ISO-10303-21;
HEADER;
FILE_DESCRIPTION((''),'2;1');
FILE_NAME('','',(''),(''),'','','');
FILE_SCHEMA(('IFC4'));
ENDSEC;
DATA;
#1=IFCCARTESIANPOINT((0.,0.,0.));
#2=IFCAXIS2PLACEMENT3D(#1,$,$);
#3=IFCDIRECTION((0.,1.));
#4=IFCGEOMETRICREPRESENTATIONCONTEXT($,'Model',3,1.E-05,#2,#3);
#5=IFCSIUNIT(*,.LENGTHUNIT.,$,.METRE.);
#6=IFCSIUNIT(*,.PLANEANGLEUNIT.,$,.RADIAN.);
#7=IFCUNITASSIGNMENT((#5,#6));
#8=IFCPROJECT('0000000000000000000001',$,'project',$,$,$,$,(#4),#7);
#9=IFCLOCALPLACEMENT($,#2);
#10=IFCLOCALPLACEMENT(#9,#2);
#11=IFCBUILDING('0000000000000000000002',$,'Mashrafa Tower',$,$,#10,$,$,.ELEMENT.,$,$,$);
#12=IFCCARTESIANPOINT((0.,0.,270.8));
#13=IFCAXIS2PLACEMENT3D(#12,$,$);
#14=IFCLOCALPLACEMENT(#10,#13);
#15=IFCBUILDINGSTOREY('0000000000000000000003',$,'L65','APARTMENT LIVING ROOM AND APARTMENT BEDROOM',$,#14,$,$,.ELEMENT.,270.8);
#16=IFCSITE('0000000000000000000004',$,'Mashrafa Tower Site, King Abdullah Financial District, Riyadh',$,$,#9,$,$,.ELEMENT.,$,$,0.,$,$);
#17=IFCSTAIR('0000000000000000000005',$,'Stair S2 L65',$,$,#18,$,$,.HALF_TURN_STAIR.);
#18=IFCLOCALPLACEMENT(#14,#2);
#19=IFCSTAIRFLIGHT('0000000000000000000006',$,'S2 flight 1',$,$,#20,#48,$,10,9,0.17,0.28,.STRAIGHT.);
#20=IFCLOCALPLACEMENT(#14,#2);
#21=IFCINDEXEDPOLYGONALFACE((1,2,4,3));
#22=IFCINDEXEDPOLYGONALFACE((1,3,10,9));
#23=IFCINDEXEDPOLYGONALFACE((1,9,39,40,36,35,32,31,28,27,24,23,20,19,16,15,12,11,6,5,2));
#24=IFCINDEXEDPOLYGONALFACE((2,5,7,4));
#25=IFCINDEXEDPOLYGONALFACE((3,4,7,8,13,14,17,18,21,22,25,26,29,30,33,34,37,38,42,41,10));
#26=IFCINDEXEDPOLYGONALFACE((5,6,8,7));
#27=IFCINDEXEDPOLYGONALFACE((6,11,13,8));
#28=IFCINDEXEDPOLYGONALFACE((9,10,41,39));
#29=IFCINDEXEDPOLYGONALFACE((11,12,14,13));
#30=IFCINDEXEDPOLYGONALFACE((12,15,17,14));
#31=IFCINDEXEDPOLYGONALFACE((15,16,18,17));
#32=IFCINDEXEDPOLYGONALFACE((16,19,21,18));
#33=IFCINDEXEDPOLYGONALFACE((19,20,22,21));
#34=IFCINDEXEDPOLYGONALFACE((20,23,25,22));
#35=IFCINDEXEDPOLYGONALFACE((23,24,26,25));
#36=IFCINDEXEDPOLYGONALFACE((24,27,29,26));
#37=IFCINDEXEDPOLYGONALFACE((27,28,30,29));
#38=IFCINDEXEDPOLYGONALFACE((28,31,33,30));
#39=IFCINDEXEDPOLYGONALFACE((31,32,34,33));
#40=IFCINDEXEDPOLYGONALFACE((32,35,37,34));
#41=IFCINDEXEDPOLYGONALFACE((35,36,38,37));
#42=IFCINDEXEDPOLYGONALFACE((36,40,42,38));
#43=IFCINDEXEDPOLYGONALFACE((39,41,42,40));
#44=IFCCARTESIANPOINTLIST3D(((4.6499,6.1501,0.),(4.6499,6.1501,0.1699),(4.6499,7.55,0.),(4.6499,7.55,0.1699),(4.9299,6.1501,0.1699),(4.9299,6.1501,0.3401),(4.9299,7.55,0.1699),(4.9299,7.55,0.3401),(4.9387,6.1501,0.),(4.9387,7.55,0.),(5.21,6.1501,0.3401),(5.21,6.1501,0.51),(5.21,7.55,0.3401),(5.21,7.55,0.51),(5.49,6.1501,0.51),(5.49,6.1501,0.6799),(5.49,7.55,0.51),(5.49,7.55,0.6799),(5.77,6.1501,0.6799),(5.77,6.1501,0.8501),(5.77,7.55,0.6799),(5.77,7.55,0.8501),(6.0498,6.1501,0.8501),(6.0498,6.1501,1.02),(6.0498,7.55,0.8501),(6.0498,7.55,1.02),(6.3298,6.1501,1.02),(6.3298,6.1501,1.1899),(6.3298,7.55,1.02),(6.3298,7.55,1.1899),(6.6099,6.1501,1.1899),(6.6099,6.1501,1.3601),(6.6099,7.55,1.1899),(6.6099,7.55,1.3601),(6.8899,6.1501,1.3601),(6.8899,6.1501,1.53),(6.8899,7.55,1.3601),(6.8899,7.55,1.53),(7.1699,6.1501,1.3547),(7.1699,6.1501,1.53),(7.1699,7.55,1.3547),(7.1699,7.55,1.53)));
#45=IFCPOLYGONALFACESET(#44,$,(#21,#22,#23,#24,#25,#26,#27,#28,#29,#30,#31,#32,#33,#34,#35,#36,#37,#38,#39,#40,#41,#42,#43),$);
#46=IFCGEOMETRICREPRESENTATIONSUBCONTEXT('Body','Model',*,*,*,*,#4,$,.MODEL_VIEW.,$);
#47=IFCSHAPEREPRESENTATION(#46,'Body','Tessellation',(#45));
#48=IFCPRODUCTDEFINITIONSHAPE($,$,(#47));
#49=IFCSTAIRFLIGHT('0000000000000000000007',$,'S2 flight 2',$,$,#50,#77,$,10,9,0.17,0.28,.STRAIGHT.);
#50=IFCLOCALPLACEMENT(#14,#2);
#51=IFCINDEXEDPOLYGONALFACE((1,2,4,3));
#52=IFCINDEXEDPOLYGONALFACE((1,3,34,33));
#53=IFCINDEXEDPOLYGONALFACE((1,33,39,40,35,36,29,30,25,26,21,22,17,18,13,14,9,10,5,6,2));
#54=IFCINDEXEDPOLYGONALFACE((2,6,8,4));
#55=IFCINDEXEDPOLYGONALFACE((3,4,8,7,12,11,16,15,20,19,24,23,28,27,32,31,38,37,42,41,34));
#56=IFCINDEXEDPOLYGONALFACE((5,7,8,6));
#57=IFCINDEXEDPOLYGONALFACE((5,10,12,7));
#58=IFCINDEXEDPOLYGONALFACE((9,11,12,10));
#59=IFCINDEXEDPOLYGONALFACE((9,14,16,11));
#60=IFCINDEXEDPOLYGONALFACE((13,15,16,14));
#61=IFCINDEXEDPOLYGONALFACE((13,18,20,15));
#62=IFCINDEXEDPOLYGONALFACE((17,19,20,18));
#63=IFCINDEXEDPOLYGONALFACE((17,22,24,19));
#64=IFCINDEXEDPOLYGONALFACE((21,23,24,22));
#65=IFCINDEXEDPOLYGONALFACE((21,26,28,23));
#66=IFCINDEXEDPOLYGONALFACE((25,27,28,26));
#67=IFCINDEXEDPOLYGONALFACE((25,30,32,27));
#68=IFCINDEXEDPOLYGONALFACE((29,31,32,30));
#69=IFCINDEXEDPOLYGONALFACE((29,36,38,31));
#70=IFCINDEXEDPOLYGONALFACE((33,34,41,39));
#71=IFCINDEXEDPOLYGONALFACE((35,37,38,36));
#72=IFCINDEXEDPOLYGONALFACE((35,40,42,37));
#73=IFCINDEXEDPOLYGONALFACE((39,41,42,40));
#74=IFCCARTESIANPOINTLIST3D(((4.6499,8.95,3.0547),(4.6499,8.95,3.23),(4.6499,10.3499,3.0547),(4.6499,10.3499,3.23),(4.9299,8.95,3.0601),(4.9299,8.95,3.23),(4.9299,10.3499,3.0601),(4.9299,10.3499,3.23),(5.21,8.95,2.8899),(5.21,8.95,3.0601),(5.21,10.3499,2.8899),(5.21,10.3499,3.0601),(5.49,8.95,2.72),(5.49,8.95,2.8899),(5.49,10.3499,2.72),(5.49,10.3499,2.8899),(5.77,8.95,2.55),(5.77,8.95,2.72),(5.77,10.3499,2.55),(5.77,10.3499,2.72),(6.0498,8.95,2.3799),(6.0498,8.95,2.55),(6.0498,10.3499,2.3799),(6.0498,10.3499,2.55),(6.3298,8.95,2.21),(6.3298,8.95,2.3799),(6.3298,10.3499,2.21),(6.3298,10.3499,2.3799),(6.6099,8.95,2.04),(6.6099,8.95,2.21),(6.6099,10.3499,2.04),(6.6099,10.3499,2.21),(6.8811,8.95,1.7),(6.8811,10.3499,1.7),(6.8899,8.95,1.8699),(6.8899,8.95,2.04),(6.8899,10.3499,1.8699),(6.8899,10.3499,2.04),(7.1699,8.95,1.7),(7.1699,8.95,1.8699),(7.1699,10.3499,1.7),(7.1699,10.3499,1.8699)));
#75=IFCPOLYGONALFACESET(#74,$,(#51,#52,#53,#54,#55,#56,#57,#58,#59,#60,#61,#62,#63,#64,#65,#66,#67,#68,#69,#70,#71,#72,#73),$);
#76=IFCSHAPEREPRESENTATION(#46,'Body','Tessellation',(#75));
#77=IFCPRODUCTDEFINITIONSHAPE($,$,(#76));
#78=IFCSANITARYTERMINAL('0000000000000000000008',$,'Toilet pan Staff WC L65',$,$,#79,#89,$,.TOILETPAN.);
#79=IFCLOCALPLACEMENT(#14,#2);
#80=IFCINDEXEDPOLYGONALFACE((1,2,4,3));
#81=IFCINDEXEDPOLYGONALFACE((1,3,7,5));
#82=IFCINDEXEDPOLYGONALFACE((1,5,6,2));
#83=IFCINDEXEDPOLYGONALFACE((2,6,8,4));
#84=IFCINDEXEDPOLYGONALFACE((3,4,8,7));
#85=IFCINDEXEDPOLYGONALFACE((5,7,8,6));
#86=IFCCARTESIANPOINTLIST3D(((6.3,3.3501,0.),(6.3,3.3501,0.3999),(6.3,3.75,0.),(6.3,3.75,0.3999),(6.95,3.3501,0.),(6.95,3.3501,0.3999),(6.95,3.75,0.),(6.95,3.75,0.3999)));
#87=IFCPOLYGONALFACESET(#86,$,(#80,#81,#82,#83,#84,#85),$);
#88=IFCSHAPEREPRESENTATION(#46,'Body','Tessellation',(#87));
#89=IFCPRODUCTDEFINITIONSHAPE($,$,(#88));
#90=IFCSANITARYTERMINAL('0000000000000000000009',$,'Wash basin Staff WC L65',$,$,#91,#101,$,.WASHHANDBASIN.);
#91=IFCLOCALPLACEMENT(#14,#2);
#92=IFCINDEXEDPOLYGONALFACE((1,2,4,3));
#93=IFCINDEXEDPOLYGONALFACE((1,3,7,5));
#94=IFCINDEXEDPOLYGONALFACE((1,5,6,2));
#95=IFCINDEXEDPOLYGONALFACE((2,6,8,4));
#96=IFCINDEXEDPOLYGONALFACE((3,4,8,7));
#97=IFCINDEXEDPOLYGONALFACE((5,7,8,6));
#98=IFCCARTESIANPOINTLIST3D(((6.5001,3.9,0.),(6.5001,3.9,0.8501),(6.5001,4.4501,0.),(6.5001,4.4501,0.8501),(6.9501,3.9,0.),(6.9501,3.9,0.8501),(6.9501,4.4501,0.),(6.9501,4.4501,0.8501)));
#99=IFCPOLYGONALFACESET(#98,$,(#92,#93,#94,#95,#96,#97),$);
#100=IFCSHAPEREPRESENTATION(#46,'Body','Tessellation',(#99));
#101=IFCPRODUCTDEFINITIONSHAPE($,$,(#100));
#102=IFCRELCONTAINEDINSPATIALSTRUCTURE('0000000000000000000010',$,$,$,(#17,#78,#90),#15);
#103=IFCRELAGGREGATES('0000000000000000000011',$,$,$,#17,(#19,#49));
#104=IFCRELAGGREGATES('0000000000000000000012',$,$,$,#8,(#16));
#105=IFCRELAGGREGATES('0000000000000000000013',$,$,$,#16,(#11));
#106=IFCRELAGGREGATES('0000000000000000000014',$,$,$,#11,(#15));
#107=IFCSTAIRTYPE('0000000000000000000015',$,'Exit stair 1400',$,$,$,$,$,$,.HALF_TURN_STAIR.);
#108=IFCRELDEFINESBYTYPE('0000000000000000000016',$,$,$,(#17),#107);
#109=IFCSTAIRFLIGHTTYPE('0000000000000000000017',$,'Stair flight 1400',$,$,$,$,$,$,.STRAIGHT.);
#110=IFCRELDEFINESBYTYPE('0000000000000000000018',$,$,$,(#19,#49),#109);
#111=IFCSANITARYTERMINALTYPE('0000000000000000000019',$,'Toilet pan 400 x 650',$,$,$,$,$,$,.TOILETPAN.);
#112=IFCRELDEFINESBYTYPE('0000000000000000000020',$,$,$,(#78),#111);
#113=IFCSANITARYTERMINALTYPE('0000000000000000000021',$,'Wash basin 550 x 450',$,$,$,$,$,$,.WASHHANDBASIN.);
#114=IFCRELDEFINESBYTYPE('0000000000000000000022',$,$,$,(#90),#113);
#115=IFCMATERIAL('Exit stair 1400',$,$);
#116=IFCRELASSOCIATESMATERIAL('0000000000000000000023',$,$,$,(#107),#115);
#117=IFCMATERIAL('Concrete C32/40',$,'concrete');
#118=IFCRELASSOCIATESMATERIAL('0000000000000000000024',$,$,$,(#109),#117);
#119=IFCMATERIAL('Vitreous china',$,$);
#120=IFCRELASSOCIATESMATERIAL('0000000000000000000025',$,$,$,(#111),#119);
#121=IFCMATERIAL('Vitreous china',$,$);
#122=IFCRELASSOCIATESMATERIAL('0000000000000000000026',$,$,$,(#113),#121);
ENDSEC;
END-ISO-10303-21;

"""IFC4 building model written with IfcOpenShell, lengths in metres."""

from ifc_helpers import new_model, si_unit, direction, frame, origin, origin_2d, place, context, subcontext, project, spatial, polyline, rectangle, outline, extrude, material, type_object, element, aggregate, save


model = new_model("IFC4")

# Units and contexts
model_context = context("Model", 3, precision=1e-05, world=origin(), true_north=direction((0.0, 1.0)))
body_context = subcontext(model_context, "Body", "Model", "MODEL_VIEW")
ifc_project = project(units=[si_unit("LENGTHUNIT", "METRE"), si_unit("PLANEANGLEUNIT", "RADIAN")], contexts=[model_context])

# Site, building, storey
site_placement = place(None, origin())
site = spatial("IfcSite", under=ifc_project, at=site_placement, Name="Mashrafa Tower Site, King Abdullah Financial District, Riyadh", CompositionType="ELEMENT", RefElevation=0.0)
building_placement = place(site_placement, origin())
building = spatial("IfcBuilding", under=site, at=building_placement, Name="Mashrafa Tower", CompositionType="ELEMENT")
storey_placement = place(building_placement, frame((0.0, 0.0, 270.8)))
storey = spatial("IfcBuildingStorey", under=building, at=storey_placement, Name="L65", Description="APARTMENT LIVING ROOM AND APARTMENT BEDROOM", CompositionType="ELEMENT", Elevation=270.8)

# Stair
ifc_material_1 = material(Name="Exit stair 1400")
stair_type = type_object("IfcStairType", Name="Exit stair 1400", PredefinedType="HALF_TURN_STAIR", material=ifc_material_1)
stair_1_placement = place(storey_placement, origin())
stair_1 = element("IfcStair", 1, at=stair_1_placement, inside=storey, type_object=stair_type, Name="Stair S2 L65", PredefinedType="HALF_TURN_STAIR")

# Stair flights
ifc_material_2 = material(Name="Concrete C32/40", Category="concrete")
stair_flight_type = type_object("IfcStairFlightType", Name="Stair flight 1400", PredefinedType="STRAIGHT", material=ifc_material_2)
stair_flight_1_placement = place(storey_placement, frame((4.6499, 6.8501, 0.0), z_axis=(0.0, 0.0, 1.0), x_axis=(1.0, 0.0, 0.0)))
stair_flight_1 = element("IfcStairFlight", 2, at=stair_flight_1_placement, type_object=stair_flight_type, Name="S2 flight 1", NumberOfRisers=10, NumberOfTreads=9, PredefinedType="STRAIGHT", RiserHeight=0.17, TreadLength=0.28, context=body_context, shape_type="SweptSolid", body=[
    extrude(outline(polyline([(0.0, 0.0), (0.0, 0.1699), (0.28, 0.1699), (0.28, 0.3401), (0.5601, 0.3401), (0.5601, 0.51), (0.8401, 0.51), (0.8401, 0.6799), (1.1201, 0.6799), (1.1201, 0.8501), (1.3999, 0.8501), (1.3999, 1.02), (1.6799, 1.02), (1.6799, 1.1899), (1.96, 1.1899), (1.96, 1.3601), (2.24, 1.3601), (2.24, 1.53), (2.52, 1.53), (2.52, 1.7), (2.52, 1.3547), (0.2888, 0.0), (0.0, 0.0)])), frame((0.0, 0.7, 0.0), z_axis=(0.0, -1.0, 0.0), x_axis=(1.0, 0.0, 0.0)), (0.0, 0.0, 1.0), 1.3999),
])
stair_flight_2_placement = place(storey_placement, frame((7.1699, 9.6499, 1.7), z_axis=(0.0, 0.0, 1.0), x_axis=(-1.0, 0.0, 0.0)))
stair_flight_2 = element("IfcStairFlight", 3, at=stair_flight_2_placement, type_object=stair_flight_type, Name="S2 flight 2", NumberOfRisers=10, NumberOfTreads=9, PredefinedType="STRAIGHT", RiserHeight=0.17, TreadLength=0.28, context=body_context, shape_type="SweptSolid", body=[
    extrude(outline(polyline([(0.0, 0.0), (0.0, 0.1699), (0.28, 0.1699), (0.28, 0.3401), (0.5601, 0.3401), (0.5601, 0.51), (0.8401, 0.51), (0.8401, 0.6799), (1.1201, 0.6799), (1.1201, 0.8501), (1.3999, 0.8501), (1.3999, 1.02), (1.6799, 1.02), (1.6799, 1.1899), (1.96, 1.1899), (1.96, 1.3601), (2.24, 1.3601), (2.24, 1.53), (2.52, 1.53), (2.52, 1.7), (2.52, 1.3547), (0.2888, 0.0), (0.0, 0.0)])), frame((0.0, 0.7, 0.0), z_axis=(0.0, -1.0, 0.0), x_axis=(1.0, 0.0, 0.0)), (0.0, 0.0, 1.0), 1.3999),
])
aggregate(stair_1, [stair_flight_1, stair_flight_2])

# Sanitary terminals
ifc_material_3 = material(Name="Vitreous china")
sanitary_terminal_type_1 = type_object("IfcSanitaryTerminalType", Name="Toilet pan 400 x 650", PredefinedType="TOILETPAN", material=ifc_material_3)
sanitary_terminal_1_placement = place(storey_placement, frame((6.625, 3.55, 0.0), z_axis=(0.0, 0.0, 1.0), x_axis=(0.0, 1.0, 0.0)))
element("IfcSanitaryTerminal", 4, at=sanitary_terminal_1_placement, inside=storey, type_object=sanitary_terminal_type_1, Name="Toilet pan Staff WC L65", PredefinedType="TOILETPAN", context=body_context, shape_type="SweptSolid", body=[
    extrude(rectangle(XDim=0.3999, YDim=0.6499, at=origin_2d()), origin(), (0.0, 0.0, 1.0), 0.3999),
])
ifc_material_4 = material(Name="Vitreous china")
sanitary_terminal_type_2 = type_object("IfcSanitaryTerminalType", Name="Wash basin 550 x 450", PredefinedType="WASHHANDBASIN", material=ifc_material_4)
sanitary_terminal_2_placement = place(storey_placement, frame((6.7251, 4.175, 0.0), z_axis=(0.0, 0.0, 1.0), x_axis=(0.0, 1.0, 0.0)))
element("IfcSanitaryTerminal", 5, at=sanitary_terminal_2_placement, inside=storey, type_object=sanitary_terminal_type_2, Name="Wash basin Staff WC L65", PredefinedType="WASHHANDBASIN", context=body_context, shape_type="SweptSolid", body=[
    extrude(rectangle(XDim=0.55, YDim=0.45, at=origin_2d()), origin(), (0.0, 0.0, 1.0), 0.8501),
])

save(model, "model.ifc")
